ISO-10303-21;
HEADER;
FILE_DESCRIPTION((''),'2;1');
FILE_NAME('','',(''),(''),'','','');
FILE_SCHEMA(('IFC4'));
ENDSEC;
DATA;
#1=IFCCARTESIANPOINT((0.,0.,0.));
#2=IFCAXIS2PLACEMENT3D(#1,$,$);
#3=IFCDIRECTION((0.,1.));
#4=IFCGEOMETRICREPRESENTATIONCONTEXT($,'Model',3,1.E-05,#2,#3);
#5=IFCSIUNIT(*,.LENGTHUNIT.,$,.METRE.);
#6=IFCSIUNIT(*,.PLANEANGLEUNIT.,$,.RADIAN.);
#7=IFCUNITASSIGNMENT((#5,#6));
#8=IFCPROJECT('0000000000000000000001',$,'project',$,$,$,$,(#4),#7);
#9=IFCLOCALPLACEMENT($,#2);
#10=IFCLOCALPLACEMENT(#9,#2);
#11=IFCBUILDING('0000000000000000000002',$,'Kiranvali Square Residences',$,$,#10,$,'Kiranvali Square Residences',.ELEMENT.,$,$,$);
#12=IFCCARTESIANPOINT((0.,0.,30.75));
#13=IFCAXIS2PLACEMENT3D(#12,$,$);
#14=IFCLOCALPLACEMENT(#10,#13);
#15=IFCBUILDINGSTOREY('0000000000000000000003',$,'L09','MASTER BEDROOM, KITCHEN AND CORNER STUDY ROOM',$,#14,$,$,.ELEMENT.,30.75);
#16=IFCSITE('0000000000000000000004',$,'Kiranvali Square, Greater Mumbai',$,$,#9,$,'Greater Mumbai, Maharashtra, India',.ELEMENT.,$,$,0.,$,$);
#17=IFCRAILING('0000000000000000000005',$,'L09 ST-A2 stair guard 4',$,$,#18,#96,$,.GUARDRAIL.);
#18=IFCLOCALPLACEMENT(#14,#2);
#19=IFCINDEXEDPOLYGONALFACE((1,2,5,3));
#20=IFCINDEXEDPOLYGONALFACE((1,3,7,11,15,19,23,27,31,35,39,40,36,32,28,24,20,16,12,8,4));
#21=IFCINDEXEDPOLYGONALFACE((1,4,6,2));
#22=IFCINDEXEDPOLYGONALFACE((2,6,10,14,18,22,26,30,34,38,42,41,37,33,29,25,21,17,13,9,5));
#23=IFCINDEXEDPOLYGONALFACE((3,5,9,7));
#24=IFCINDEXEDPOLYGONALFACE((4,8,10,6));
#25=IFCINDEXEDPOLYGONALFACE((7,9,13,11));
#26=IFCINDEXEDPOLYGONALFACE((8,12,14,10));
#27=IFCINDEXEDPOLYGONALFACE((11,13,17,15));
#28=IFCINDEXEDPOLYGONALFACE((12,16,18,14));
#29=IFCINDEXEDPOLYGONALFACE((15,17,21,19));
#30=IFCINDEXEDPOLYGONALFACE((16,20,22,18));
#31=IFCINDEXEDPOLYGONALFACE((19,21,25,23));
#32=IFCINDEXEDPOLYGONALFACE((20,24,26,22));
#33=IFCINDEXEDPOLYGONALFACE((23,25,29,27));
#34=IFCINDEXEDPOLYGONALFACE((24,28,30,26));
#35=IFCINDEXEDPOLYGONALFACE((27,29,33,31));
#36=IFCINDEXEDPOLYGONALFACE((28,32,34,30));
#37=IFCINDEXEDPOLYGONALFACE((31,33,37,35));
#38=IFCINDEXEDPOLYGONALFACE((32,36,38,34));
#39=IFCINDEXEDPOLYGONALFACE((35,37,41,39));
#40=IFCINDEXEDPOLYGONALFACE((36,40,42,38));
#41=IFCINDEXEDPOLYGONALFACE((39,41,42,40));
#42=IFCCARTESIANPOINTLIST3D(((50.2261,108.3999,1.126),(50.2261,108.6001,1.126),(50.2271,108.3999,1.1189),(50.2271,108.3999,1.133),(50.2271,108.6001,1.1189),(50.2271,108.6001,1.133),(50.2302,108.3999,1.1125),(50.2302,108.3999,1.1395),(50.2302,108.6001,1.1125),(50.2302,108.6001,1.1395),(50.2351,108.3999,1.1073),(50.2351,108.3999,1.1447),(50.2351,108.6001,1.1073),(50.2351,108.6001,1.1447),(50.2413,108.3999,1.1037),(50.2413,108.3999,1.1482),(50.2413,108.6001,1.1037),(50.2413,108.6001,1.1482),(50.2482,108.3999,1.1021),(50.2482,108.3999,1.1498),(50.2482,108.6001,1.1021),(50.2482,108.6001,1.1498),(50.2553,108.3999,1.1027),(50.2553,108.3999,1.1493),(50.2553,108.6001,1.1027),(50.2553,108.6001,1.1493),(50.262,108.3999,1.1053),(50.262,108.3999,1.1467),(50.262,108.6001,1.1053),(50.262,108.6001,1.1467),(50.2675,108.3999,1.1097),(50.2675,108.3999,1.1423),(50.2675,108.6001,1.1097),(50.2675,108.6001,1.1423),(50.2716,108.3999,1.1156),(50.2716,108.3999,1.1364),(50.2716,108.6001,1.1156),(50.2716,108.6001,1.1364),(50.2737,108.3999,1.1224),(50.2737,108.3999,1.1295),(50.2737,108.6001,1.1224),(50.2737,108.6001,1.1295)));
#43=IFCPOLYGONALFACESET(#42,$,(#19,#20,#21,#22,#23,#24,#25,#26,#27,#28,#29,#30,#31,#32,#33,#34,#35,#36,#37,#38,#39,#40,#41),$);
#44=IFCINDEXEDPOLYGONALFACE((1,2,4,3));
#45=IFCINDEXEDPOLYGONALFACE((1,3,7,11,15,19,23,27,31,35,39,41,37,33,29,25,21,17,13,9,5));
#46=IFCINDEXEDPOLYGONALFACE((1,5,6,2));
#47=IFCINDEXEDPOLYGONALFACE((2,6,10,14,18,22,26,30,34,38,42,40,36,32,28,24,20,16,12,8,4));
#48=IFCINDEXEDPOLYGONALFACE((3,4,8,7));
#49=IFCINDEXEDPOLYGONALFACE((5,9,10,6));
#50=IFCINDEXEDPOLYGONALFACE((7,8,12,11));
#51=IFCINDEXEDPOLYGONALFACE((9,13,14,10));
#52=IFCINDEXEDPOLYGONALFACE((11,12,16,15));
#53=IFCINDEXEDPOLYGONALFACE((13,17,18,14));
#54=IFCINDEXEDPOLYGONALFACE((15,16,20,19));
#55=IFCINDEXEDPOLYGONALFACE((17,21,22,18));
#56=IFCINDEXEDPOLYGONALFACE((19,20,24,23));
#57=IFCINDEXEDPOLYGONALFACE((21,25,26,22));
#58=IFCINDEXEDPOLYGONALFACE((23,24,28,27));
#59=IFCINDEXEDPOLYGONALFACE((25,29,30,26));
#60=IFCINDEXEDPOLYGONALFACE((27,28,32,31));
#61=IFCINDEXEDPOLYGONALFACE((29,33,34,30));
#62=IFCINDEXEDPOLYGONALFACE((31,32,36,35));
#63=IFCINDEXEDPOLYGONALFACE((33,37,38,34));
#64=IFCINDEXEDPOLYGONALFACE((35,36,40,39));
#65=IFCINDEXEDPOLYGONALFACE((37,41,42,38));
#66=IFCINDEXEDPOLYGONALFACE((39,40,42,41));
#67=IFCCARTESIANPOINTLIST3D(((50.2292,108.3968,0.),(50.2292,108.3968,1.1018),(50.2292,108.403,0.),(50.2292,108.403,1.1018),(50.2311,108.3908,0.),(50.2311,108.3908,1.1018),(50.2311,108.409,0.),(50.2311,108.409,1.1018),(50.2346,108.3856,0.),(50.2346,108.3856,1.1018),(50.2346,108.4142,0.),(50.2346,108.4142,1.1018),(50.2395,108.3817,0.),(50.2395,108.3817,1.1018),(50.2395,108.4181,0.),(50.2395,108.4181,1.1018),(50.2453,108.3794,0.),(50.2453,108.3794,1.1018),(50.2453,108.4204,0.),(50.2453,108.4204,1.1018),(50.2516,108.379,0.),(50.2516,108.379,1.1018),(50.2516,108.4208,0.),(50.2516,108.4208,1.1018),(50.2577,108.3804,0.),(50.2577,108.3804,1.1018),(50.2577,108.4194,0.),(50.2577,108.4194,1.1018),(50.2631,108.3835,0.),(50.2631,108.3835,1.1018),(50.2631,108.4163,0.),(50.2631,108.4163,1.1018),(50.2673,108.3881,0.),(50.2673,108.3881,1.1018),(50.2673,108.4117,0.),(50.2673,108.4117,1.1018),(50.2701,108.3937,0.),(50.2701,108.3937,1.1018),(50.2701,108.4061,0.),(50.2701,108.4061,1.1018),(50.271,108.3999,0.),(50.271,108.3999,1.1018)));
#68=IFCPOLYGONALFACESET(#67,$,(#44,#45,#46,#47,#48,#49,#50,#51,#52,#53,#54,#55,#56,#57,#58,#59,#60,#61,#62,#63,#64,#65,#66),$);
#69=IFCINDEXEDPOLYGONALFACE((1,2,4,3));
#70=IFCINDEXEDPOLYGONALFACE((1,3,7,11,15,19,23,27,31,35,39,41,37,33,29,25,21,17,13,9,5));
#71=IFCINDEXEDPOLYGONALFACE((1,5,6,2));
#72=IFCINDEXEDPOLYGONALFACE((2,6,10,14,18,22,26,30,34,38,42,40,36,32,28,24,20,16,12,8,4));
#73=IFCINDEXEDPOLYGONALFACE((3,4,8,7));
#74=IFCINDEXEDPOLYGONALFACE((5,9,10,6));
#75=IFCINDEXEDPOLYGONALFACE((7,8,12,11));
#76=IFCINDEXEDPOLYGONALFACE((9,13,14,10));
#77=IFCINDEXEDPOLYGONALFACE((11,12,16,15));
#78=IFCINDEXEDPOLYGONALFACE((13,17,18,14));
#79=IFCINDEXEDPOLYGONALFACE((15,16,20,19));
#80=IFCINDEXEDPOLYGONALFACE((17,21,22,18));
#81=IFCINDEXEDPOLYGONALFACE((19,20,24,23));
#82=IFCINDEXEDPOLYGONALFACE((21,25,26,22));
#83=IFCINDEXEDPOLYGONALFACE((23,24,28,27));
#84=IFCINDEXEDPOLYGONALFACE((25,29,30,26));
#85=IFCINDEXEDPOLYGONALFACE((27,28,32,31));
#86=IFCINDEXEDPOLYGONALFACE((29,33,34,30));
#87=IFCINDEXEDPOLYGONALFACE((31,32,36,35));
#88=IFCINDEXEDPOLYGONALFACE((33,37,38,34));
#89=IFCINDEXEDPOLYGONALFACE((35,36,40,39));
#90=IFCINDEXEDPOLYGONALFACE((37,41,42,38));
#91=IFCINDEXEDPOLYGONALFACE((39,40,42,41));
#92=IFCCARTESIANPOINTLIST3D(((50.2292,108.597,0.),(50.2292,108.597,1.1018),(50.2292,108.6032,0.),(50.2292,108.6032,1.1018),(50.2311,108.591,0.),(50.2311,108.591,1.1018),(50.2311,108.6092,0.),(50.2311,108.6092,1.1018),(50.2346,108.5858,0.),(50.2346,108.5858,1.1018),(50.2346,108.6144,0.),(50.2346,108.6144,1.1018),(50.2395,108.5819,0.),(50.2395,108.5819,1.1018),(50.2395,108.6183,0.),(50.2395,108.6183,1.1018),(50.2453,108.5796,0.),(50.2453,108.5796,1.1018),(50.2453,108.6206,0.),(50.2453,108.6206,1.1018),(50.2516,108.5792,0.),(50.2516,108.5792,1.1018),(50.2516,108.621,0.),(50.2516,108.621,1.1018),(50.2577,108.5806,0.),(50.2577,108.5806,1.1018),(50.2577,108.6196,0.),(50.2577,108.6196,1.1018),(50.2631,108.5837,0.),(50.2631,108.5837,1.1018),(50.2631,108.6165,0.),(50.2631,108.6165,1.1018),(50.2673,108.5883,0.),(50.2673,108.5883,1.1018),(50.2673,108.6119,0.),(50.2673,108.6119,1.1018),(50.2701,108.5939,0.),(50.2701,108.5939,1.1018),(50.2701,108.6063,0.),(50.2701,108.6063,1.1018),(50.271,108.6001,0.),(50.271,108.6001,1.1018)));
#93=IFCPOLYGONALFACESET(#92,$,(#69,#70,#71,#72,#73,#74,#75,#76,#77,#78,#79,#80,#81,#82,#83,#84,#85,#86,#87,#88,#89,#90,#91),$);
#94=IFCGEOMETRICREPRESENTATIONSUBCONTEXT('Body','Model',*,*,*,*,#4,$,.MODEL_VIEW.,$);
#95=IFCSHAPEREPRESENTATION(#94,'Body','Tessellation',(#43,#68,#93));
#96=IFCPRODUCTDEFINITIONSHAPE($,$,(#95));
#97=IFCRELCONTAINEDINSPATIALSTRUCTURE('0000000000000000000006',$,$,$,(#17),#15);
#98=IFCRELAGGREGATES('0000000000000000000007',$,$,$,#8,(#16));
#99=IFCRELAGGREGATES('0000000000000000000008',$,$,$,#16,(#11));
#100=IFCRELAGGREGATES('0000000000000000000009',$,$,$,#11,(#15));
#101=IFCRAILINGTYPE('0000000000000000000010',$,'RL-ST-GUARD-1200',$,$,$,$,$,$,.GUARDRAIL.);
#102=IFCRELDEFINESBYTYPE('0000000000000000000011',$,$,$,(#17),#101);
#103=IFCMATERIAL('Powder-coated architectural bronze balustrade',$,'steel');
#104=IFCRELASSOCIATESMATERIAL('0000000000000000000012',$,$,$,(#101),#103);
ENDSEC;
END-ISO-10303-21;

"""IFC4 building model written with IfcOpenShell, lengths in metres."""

from ifc_helpers import new_model, si_unit, direction, frame, origin, origin_2d, place, context, subcontext, project, spatial, circle, extrude, material, type_object, element, save


model = new_model("IFC4")

# Units and contexts
model_context = context("Model", 3, precision=1e-05, world=origin(), true_north=direction((0.0, 1.0)))
body_context = subcontext(model_context, "Body", "Model", "MODEL_VIEW")
ifc_project = project(units=[si_unit("LENGTHUNIT", "METRE"), si_unit("PLANEANGLEUNIT", "RADIAN")], contexts=[model_context])

# Site, building, storey
site_placement = place(None, origin())
site = spatial("IfcSite", under=ifc_project, at=site_placement, Name="Kiranvali Square, Greater Mumbai", LongName="Greater Mumbai, Maharashtra, India", CompositionType="ELEMENT", RefElevation=0.0)
building_placement = place(site_placement, origin())
building = spatial("IfcBuilding", under=site, at=building_placement, Name="Kiranvali Square Residences", LongName="Kiranvali Square Residences", CompositionType="ELEMENT")
storey_placement = place(building_placement, frame((0.0, 0.0, 30.75)))
storey = spatial("IfcBuildingStorey", under=building, at=storey_placement, Name="L09", Description="MASTER BEDROOM, KITCHEN AND CORNER STUDY ROOM", CompositionType="ELEMENT", Elevation=30.75)

# Railing
ifc_material_1 = material(Name="Powder-coated architectural bronze balustrade", Category="steel")
railing_type_1 = type_object("IfcRailingType", Name="RL-ST-GUARD-1200", PredefinedType="GUARDRAIL", material=ifc_material_1)
railing_1_placement = place(storey_placement, frame((50.25, 108.3999, 0.0)))
element("IfcRailing", 1, at=railing_1_placement, inside=storey, type_object=railing_type_1, Name="L09 ST-A2 stair guard 4", PredefinedType="GUARDRAIL", context=body_context, shape_type="SweptSolid", body=[
    extrude(circle(Radius=0.0239, at=origin_2d()), frame((0.0, 0.0, 1.126), z_axis=(0.0, 1.0, 0.0), x_axis=(-1.0, 0.0, 0.0)), (0.0, 0.0, 1.0), 0.2002),
    extrude(circle(Radius=0.021, at=origin_2d()), origin(), (0.0, 0.0, 1.0), 1.1018),
    extrude(circle(Radius=0.021, at=origin_2d()), frame((0.0, 0.2002, 0.0)), (0.0, 0.0, 1.0), 1.1018),
])

save(model, "model.ifc")
